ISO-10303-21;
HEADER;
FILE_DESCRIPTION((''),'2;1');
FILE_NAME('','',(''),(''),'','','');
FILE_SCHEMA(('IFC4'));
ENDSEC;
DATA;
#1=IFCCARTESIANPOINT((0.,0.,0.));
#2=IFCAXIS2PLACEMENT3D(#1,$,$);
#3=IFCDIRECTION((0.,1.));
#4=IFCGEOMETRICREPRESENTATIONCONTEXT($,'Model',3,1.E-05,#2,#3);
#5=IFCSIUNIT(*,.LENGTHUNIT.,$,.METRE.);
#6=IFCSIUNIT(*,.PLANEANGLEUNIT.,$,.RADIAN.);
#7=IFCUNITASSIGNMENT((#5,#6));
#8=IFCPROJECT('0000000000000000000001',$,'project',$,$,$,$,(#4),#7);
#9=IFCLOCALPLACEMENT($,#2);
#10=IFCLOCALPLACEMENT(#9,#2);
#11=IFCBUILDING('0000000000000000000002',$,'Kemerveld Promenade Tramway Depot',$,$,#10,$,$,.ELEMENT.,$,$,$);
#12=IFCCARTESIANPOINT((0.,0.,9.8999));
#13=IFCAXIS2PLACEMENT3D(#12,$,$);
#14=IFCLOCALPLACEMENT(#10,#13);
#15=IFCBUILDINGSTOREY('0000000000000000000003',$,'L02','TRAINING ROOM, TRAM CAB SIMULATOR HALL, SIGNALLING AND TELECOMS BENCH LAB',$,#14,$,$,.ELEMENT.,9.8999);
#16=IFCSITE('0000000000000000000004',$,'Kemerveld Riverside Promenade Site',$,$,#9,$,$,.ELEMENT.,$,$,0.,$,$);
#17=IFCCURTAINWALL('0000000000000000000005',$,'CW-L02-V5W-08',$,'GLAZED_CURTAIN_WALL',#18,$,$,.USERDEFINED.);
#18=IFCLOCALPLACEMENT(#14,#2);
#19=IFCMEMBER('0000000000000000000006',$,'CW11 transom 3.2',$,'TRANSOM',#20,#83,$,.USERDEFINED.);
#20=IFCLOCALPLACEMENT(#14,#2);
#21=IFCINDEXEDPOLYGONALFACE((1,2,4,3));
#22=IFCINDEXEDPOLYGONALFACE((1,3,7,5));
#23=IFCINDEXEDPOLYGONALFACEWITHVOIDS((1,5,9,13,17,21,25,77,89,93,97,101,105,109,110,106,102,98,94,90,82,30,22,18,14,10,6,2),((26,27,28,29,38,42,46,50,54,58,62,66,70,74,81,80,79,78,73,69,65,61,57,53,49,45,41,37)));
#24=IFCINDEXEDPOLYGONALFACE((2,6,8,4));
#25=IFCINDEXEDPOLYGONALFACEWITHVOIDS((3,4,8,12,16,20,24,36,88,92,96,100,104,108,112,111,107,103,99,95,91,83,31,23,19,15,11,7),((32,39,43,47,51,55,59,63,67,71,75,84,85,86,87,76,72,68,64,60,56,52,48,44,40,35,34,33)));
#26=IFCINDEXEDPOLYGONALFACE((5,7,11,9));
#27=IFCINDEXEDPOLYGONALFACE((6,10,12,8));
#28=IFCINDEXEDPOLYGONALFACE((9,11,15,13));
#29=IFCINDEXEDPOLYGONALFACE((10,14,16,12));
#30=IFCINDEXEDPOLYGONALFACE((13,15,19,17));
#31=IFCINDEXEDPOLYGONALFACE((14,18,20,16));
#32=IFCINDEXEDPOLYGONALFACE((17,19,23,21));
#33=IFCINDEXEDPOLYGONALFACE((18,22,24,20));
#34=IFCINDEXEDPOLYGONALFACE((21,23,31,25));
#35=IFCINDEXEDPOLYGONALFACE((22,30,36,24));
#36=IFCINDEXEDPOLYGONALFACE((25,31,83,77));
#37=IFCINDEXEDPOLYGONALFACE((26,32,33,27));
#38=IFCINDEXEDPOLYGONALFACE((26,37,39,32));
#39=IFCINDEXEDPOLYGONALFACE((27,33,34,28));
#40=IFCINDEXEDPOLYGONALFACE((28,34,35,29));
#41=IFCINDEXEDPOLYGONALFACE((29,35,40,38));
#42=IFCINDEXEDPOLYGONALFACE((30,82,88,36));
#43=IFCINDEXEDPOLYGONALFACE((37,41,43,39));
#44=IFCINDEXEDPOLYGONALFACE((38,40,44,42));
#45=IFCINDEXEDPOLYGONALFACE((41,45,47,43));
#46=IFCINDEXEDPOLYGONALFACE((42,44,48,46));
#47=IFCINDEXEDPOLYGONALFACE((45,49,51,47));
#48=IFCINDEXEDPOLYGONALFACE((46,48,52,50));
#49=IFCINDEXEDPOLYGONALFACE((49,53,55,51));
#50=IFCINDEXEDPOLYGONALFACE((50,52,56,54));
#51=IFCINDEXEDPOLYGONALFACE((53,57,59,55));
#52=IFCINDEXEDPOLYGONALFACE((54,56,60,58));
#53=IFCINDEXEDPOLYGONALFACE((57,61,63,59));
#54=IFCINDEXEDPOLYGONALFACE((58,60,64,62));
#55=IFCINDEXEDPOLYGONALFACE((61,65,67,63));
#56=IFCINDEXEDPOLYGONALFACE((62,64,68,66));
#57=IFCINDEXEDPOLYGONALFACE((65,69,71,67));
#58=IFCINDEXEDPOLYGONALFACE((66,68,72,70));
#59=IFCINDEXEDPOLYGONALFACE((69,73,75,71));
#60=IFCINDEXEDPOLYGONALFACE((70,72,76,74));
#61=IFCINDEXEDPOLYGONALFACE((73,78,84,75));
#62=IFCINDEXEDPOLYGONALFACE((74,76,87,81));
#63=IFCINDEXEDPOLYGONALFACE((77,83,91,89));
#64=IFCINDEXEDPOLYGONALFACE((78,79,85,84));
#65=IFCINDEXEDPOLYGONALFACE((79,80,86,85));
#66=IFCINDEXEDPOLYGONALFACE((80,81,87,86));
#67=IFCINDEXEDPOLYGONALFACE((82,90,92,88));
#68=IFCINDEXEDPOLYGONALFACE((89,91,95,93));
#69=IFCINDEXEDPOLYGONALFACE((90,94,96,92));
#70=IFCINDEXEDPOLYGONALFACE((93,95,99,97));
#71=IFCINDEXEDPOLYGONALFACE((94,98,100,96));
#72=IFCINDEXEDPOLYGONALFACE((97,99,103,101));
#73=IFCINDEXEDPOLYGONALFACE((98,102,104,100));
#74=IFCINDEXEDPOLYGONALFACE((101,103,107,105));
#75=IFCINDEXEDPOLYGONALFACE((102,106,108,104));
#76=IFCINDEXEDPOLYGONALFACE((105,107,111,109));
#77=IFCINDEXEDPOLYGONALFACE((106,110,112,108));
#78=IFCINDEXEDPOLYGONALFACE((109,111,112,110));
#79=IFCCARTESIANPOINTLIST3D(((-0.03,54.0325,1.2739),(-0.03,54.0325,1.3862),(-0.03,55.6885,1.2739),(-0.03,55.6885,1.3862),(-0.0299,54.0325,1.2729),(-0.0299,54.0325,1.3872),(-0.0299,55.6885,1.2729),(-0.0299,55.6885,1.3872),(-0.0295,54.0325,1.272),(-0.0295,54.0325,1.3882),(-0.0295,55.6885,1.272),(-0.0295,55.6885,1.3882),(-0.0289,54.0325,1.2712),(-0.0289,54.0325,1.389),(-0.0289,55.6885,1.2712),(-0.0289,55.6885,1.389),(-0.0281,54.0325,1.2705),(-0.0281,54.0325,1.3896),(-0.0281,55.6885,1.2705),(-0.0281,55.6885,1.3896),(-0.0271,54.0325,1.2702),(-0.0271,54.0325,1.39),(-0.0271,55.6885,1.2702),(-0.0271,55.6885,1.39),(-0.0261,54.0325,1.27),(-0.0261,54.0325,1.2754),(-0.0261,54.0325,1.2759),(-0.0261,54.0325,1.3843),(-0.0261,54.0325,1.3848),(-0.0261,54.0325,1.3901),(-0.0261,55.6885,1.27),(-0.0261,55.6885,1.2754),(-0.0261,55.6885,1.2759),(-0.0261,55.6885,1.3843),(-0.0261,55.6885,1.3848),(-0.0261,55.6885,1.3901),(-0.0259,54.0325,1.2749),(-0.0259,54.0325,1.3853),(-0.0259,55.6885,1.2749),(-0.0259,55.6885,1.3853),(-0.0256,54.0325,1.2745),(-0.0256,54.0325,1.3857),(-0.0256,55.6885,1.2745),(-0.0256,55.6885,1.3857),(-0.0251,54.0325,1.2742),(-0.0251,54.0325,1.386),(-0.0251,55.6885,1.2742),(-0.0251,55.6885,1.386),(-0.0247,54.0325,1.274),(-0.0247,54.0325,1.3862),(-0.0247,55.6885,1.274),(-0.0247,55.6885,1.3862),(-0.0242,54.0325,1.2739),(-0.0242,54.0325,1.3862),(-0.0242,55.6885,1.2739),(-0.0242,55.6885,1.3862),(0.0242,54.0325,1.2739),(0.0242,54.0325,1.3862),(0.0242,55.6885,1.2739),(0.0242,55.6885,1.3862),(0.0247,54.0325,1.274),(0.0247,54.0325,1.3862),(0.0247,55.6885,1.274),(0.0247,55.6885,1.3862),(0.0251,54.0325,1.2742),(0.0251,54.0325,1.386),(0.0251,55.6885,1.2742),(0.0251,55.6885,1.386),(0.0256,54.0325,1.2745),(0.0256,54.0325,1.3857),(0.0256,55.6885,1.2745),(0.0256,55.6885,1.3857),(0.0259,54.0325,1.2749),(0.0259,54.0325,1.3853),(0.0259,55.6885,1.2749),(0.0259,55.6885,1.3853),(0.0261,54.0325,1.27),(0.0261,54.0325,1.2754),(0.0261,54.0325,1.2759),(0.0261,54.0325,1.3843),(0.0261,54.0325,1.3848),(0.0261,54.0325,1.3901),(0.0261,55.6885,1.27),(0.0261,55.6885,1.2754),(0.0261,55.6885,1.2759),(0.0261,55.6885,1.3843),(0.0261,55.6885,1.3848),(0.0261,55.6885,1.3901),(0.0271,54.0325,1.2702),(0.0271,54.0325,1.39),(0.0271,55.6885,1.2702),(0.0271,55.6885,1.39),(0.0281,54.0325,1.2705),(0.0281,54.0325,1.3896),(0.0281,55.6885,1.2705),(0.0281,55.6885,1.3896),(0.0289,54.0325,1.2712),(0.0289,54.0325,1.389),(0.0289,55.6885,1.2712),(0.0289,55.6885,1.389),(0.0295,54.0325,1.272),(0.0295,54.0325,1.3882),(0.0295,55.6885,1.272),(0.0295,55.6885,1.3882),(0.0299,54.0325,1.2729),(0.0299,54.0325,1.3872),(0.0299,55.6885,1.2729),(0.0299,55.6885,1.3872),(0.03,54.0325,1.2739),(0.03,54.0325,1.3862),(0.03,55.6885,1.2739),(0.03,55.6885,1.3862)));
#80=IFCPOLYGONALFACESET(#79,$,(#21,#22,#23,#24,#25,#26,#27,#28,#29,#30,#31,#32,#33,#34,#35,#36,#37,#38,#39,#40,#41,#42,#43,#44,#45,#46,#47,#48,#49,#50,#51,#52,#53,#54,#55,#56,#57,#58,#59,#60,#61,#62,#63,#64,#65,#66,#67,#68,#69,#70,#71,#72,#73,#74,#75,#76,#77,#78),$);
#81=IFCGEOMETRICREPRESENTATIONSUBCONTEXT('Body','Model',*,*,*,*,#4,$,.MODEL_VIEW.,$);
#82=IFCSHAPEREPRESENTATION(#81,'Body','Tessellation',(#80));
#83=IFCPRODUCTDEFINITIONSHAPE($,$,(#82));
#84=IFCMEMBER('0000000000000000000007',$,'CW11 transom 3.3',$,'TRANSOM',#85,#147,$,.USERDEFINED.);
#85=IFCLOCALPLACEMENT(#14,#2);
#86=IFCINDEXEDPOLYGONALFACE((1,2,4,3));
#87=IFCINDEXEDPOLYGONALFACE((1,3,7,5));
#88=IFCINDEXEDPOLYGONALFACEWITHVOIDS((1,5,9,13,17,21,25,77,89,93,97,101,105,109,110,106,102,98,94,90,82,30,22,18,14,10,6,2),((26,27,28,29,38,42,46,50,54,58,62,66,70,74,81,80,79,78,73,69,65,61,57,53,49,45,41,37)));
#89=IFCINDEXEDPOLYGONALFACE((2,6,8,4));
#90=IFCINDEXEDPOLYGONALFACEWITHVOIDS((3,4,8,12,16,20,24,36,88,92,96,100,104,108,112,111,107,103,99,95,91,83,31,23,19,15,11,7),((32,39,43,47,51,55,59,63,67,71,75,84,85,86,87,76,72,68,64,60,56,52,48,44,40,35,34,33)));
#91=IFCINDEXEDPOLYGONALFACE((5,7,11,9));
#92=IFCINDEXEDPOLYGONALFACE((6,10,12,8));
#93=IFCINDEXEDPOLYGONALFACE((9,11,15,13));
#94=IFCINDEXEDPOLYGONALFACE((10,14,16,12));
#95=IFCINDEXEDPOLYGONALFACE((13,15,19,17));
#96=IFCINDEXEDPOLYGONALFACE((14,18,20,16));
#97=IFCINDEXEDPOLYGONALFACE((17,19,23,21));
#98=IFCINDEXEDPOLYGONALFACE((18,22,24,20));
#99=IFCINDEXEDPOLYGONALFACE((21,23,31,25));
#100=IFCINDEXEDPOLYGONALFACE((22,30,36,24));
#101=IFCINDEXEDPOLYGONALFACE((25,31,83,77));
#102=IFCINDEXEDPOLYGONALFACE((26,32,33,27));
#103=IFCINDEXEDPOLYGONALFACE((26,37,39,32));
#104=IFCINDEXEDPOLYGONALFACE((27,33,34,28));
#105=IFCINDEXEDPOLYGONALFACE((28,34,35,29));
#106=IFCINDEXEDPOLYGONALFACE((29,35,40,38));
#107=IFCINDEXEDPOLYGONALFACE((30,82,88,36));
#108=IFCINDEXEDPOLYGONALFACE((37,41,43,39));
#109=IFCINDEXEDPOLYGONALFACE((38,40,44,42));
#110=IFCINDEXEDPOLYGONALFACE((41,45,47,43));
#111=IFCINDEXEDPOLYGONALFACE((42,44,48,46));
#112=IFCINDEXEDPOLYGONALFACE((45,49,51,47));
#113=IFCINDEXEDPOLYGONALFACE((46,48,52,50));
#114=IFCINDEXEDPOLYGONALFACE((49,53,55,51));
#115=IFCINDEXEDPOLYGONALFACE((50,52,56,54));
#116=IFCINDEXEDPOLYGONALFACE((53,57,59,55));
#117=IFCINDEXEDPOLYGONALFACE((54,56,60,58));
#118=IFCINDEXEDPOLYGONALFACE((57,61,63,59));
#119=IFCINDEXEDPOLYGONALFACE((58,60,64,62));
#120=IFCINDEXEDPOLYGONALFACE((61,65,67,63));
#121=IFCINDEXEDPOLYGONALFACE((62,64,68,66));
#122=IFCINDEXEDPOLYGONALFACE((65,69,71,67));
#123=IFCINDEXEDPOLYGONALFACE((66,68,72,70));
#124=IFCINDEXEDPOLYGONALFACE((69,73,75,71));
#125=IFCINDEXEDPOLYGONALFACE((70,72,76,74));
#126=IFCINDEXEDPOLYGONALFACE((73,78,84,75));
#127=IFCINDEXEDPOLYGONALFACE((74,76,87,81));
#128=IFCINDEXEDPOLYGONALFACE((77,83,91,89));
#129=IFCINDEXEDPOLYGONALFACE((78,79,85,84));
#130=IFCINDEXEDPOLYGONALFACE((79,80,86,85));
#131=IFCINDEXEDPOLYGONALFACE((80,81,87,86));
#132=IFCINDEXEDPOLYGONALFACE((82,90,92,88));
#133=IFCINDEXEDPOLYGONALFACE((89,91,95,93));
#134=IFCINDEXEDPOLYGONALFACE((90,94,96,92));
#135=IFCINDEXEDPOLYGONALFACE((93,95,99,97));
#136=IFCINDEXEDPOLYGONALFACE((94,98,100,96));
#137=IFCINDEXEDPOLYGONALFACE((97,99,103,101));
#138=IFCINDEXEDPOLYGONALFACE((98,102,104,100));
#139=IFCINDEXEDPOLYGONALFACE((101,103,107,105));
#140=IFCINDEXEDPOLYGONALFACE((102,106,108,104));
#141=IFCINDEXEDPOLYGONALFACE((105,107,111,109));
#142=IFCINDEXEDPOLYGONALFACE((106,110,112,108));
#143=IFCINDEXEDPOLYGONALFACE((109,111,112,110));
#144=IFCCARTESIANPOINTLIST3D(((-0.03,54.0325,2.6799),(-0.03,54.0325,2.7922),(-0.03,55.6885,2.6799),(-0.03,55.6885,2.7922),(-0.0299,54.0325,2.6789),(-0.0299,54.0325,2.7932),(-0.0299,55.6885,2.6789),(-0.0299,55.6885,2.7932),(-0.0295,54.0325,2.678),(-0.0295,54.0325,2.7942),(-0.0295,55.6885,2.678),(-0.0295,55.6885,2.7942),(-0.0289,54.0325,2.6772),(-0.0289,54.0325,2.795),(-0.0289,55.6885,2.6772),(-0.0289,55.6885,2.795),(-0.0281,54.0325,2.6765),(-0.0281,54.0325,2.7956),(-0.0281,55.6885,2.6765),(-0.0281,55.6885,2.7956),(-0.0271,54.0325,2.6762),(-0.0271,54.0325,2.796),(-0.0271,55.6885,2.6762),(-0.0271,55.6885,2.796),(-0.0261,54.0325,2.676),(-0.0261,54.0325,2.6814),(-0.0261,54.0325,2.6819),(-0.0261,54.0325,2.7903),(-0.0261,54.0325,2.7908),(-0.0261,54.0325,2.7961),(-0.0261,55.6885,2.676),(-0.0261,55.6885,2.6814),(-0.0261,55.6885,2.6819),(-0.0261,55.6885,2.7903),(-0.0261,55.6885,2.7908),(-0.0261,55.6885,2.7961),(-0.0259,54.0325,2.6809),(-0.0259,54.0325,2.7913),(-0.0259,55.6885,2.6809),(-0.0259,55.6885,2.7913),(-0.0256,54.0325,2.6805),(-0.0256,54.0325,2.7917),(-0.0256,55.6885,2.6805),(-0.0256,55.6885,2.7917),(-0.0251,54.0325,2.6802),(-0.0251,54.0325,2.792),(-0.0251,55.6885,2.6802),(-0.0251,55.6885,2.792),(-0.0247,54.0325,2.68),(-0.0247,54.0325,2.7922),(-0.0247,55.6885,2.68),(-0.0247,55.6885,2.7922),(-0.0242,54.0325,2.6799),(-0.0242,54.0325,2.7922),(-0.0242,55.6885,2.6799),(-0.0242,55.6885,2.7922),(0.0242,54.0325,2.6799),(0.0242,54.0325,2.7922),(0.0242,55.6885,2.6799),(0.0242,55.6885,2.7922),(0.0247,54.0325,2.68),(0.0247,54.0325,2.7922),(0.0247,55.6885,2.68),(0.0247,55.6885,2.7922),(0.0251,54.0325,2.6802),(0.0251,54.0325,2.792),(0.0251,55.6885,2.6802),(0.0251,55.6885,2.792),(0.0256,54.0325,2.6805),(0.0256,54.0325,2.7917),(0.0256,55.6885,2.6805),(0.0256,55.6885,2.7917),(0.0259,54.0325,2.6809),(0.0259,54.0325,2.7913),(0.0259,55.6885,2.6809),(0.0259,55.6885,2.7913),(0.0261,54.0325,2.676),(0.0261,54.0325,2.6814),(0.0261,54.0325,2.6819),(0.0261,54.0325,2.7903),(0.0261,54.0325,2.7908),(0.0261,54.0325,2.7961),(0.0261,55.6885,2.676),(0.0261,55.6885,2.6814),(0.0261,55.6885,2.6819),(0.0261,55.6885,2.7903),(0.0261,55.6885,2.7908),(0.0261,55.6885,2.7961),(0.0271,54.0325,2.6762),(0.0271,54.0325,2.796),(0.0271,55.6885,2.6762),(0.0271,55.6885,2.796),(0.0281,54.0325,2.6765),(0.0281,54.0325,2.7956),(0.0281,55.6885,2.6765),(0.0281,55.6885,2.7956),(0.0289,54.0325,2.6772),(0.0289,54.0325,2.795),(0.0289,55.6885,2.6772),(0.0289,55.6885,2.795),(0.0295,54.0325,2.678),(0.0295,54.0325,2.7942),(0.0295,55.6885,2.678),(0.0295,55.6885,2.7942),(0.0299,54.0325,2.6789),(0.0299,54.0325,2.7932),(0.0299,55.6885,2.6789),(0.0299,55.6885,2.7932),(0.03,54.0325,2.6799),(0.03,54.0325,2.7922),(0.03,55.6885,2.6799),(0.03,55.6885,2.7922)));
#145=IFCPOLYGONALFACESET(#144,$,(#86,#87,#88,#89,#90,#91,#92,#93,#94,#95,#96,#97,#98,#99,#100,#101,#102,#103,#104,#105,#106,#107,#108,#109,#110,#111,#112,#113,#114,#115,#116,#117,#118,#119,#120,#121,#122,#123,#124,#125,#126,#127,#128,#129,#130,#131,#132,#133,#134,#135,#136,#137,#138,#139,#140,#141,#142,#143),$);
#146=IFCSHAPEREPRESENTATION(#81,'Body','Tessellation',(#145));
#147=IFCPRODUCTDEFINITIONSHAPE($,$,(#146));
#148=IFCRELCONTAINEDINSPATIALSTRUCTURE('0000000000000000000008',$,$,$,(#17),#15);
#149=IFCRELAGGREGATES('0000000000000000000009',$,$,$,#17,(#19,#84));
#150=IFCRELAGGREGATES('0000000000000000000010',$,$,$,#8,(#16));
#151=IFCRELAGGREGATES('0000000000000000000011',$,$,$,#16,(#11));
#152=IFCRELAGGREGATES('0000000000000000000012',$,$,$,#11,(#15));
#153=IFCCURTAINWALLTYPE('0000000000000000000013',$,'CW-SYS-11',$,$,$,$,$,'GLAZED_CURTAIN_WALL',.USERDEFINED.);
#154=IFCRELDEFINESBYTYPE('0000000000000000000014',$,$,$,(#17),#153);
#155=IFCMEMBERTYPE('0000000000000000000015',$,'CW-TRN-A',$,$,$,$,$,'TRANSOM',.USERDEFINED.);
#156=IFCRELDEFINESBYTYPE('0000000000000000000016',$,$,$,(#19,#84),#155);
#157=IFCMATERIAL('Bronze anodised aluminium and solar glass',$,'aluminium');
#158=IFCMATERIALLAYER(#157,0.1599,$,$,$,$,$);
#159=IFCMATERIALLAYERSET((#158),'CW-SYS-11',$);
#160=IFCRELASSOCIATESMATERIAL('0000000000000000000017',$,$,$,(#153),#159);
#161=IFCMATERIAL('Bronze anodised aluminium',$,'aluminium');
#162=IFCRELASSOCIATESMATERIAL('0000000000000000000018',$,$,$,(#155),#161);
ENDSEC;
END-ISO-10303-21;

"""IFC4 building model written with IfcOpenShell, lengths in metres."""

from ifc_helpers import new_model, si_unit, direction, frame, origin, origin_2d, place, context, subcontext, project, spatial, hollow_rectangle, extrude, material, layer, layer_set, material_profile, profile_set, type_object, element, aggregate, save


model = new_model("IFC4")

# Units and contexts
model_context = context("Model", 3, precision=1e-05, world=origin(), true_north=direction((0.0, 1.0)))
body_context = subcontext(model_context, "Body", "Model", "MODEL_VIEW")
ifc_project = project(units=[si_unit("LENGTHUNIT", "METRE"), si_unit("PLANEANGLEUNIT", "RADIAN")], contexts=[model_context])

# Site, building, storey
site_placement = place(None, origin())
site = spatial("IfcSite", under=ifc_project, at=site_placement, Name="Kemerveld Riverside Promenade Site", CompositionType="ELEMENT", RefElevation=0.0)
building_placement = place(site_placement, origin())
building = spatial("IfcBuilding", under=site, at=building_placement, Name="Kemerveld Promenade Tramway Depot", CompositionType="ELEMENT")
storey_placement = place(building_placement, frame((0.0, 0.0, 9.8999)))
storey = spatial("IfcBuildingStorey", under=building, at=storey_placement, Name="L02", Description="TRAINING ROOM, TRAM CAB SIMULATOR HALL, SIGNALLING AND TELECOMS BENCH LAB", CompositionType="ELEMENT", Elevation=9.8999)

# Curtain wall, members
ifc_material_1 = material(Name="Bronze anodised aluminium and solar glass", Category="aluminium")
ifc_layer_1 = layer(ifc_material_1, 0.1599)
ifc_layer_set_1 = layer_set([ifc_layer_1], Name="CW-SYS-11")
curtain_wall_type = type_object("IfcCurtainWallType", Name="CW-SYS-11", ElementType="GLAZED_CURTAIN_WALL", PredefinedType="USERDEFINED", material=ifc_layer_set_1)
curtain_wall_placement = place(storey_placement, origin())
curtain_wall = element("IfcCurtainWall", 1, at=curtain_wall_placement, inside=storey, type_object=curtain_wall_type, Name="CW-L02-V5W-08", ObjectType="GLAZED_CURTAIN_WALL", PredefinedType="USERDEFINED")
ifc_material_2 = material(Name="Bronze anodised aluminium", Category="aluminium")
ifc_material_profile_1 = material_profile(ifc_material_2, hollow_rectangle(XDim=0.0601, YDim=0.1201, WallThickness=0.0039, InnerFilletRadius=0.002, OuterFilletRadius=0.0039, at=origin_2d()), Name="CW-TRN-120x60")
ifc_profile_set_1 = profile_set([ifc_material_profile_1], Name="Bronze anodised aluminium")
member_type_1 = type_object("IfcMemberType", Name="CW-TRN-A", ElementType="TRANSOM", PredefinedType="USERDEFINED", material=ifc_profile_set_1)
member_1_placement = place(storey_placement, frame((0.0, 54.0325, 1.3301), z_axis=(0.0, 1.0, 0.0), x_axis=(-1.0, 0.0, 0.0)))
member_1 = element("IfcMember", 2, at=member_1_placement, type_object=member_type_1, Name="CW11 transom 3.2", ObjectType="TRANSOM", PredefinedType="USERDEFINED", context=body_context, shape_type="SweptSolid", body=[
    extrude(hollow_rectangle(XDim=0.0601, YDim=0.1201, WallThickness=0.0039, InnerFilletRadius=0.002, OuterFilletRadius=0.0039, at=origin_2d()), origin(), (0.0, 0.0, 1.0), 1.656),
])
member_2_placement = place(storey_placement, frame((0.0, 54.0325, 2.7361), z_axis=(0.0, 1.0, 0.0), x_axis=(-1.0, 0.0, 0.0)))
member_2 = element("IfcMember", 3, at=member_2_placement, type_object=member_type_1, Name="CW11 transom 3.3", ObjectType="TRANSOM", PredefinedType="USERDEFINED", context=body_context, shape_type="SweptSolid", body=[
    extrude(hollow_rectangle(XDim=0.0601, YDim=0.1201, WallThickness=0.0039, InnerFilletRadius=0.002, OuterFilletRadius=0.0039, at=origin_2d()), origin(), (0.0, 0.0, 1.0), 1.656),
])
aggregate(curtain_wall, [member_1, member_2])

save(model, "model.ifc")
